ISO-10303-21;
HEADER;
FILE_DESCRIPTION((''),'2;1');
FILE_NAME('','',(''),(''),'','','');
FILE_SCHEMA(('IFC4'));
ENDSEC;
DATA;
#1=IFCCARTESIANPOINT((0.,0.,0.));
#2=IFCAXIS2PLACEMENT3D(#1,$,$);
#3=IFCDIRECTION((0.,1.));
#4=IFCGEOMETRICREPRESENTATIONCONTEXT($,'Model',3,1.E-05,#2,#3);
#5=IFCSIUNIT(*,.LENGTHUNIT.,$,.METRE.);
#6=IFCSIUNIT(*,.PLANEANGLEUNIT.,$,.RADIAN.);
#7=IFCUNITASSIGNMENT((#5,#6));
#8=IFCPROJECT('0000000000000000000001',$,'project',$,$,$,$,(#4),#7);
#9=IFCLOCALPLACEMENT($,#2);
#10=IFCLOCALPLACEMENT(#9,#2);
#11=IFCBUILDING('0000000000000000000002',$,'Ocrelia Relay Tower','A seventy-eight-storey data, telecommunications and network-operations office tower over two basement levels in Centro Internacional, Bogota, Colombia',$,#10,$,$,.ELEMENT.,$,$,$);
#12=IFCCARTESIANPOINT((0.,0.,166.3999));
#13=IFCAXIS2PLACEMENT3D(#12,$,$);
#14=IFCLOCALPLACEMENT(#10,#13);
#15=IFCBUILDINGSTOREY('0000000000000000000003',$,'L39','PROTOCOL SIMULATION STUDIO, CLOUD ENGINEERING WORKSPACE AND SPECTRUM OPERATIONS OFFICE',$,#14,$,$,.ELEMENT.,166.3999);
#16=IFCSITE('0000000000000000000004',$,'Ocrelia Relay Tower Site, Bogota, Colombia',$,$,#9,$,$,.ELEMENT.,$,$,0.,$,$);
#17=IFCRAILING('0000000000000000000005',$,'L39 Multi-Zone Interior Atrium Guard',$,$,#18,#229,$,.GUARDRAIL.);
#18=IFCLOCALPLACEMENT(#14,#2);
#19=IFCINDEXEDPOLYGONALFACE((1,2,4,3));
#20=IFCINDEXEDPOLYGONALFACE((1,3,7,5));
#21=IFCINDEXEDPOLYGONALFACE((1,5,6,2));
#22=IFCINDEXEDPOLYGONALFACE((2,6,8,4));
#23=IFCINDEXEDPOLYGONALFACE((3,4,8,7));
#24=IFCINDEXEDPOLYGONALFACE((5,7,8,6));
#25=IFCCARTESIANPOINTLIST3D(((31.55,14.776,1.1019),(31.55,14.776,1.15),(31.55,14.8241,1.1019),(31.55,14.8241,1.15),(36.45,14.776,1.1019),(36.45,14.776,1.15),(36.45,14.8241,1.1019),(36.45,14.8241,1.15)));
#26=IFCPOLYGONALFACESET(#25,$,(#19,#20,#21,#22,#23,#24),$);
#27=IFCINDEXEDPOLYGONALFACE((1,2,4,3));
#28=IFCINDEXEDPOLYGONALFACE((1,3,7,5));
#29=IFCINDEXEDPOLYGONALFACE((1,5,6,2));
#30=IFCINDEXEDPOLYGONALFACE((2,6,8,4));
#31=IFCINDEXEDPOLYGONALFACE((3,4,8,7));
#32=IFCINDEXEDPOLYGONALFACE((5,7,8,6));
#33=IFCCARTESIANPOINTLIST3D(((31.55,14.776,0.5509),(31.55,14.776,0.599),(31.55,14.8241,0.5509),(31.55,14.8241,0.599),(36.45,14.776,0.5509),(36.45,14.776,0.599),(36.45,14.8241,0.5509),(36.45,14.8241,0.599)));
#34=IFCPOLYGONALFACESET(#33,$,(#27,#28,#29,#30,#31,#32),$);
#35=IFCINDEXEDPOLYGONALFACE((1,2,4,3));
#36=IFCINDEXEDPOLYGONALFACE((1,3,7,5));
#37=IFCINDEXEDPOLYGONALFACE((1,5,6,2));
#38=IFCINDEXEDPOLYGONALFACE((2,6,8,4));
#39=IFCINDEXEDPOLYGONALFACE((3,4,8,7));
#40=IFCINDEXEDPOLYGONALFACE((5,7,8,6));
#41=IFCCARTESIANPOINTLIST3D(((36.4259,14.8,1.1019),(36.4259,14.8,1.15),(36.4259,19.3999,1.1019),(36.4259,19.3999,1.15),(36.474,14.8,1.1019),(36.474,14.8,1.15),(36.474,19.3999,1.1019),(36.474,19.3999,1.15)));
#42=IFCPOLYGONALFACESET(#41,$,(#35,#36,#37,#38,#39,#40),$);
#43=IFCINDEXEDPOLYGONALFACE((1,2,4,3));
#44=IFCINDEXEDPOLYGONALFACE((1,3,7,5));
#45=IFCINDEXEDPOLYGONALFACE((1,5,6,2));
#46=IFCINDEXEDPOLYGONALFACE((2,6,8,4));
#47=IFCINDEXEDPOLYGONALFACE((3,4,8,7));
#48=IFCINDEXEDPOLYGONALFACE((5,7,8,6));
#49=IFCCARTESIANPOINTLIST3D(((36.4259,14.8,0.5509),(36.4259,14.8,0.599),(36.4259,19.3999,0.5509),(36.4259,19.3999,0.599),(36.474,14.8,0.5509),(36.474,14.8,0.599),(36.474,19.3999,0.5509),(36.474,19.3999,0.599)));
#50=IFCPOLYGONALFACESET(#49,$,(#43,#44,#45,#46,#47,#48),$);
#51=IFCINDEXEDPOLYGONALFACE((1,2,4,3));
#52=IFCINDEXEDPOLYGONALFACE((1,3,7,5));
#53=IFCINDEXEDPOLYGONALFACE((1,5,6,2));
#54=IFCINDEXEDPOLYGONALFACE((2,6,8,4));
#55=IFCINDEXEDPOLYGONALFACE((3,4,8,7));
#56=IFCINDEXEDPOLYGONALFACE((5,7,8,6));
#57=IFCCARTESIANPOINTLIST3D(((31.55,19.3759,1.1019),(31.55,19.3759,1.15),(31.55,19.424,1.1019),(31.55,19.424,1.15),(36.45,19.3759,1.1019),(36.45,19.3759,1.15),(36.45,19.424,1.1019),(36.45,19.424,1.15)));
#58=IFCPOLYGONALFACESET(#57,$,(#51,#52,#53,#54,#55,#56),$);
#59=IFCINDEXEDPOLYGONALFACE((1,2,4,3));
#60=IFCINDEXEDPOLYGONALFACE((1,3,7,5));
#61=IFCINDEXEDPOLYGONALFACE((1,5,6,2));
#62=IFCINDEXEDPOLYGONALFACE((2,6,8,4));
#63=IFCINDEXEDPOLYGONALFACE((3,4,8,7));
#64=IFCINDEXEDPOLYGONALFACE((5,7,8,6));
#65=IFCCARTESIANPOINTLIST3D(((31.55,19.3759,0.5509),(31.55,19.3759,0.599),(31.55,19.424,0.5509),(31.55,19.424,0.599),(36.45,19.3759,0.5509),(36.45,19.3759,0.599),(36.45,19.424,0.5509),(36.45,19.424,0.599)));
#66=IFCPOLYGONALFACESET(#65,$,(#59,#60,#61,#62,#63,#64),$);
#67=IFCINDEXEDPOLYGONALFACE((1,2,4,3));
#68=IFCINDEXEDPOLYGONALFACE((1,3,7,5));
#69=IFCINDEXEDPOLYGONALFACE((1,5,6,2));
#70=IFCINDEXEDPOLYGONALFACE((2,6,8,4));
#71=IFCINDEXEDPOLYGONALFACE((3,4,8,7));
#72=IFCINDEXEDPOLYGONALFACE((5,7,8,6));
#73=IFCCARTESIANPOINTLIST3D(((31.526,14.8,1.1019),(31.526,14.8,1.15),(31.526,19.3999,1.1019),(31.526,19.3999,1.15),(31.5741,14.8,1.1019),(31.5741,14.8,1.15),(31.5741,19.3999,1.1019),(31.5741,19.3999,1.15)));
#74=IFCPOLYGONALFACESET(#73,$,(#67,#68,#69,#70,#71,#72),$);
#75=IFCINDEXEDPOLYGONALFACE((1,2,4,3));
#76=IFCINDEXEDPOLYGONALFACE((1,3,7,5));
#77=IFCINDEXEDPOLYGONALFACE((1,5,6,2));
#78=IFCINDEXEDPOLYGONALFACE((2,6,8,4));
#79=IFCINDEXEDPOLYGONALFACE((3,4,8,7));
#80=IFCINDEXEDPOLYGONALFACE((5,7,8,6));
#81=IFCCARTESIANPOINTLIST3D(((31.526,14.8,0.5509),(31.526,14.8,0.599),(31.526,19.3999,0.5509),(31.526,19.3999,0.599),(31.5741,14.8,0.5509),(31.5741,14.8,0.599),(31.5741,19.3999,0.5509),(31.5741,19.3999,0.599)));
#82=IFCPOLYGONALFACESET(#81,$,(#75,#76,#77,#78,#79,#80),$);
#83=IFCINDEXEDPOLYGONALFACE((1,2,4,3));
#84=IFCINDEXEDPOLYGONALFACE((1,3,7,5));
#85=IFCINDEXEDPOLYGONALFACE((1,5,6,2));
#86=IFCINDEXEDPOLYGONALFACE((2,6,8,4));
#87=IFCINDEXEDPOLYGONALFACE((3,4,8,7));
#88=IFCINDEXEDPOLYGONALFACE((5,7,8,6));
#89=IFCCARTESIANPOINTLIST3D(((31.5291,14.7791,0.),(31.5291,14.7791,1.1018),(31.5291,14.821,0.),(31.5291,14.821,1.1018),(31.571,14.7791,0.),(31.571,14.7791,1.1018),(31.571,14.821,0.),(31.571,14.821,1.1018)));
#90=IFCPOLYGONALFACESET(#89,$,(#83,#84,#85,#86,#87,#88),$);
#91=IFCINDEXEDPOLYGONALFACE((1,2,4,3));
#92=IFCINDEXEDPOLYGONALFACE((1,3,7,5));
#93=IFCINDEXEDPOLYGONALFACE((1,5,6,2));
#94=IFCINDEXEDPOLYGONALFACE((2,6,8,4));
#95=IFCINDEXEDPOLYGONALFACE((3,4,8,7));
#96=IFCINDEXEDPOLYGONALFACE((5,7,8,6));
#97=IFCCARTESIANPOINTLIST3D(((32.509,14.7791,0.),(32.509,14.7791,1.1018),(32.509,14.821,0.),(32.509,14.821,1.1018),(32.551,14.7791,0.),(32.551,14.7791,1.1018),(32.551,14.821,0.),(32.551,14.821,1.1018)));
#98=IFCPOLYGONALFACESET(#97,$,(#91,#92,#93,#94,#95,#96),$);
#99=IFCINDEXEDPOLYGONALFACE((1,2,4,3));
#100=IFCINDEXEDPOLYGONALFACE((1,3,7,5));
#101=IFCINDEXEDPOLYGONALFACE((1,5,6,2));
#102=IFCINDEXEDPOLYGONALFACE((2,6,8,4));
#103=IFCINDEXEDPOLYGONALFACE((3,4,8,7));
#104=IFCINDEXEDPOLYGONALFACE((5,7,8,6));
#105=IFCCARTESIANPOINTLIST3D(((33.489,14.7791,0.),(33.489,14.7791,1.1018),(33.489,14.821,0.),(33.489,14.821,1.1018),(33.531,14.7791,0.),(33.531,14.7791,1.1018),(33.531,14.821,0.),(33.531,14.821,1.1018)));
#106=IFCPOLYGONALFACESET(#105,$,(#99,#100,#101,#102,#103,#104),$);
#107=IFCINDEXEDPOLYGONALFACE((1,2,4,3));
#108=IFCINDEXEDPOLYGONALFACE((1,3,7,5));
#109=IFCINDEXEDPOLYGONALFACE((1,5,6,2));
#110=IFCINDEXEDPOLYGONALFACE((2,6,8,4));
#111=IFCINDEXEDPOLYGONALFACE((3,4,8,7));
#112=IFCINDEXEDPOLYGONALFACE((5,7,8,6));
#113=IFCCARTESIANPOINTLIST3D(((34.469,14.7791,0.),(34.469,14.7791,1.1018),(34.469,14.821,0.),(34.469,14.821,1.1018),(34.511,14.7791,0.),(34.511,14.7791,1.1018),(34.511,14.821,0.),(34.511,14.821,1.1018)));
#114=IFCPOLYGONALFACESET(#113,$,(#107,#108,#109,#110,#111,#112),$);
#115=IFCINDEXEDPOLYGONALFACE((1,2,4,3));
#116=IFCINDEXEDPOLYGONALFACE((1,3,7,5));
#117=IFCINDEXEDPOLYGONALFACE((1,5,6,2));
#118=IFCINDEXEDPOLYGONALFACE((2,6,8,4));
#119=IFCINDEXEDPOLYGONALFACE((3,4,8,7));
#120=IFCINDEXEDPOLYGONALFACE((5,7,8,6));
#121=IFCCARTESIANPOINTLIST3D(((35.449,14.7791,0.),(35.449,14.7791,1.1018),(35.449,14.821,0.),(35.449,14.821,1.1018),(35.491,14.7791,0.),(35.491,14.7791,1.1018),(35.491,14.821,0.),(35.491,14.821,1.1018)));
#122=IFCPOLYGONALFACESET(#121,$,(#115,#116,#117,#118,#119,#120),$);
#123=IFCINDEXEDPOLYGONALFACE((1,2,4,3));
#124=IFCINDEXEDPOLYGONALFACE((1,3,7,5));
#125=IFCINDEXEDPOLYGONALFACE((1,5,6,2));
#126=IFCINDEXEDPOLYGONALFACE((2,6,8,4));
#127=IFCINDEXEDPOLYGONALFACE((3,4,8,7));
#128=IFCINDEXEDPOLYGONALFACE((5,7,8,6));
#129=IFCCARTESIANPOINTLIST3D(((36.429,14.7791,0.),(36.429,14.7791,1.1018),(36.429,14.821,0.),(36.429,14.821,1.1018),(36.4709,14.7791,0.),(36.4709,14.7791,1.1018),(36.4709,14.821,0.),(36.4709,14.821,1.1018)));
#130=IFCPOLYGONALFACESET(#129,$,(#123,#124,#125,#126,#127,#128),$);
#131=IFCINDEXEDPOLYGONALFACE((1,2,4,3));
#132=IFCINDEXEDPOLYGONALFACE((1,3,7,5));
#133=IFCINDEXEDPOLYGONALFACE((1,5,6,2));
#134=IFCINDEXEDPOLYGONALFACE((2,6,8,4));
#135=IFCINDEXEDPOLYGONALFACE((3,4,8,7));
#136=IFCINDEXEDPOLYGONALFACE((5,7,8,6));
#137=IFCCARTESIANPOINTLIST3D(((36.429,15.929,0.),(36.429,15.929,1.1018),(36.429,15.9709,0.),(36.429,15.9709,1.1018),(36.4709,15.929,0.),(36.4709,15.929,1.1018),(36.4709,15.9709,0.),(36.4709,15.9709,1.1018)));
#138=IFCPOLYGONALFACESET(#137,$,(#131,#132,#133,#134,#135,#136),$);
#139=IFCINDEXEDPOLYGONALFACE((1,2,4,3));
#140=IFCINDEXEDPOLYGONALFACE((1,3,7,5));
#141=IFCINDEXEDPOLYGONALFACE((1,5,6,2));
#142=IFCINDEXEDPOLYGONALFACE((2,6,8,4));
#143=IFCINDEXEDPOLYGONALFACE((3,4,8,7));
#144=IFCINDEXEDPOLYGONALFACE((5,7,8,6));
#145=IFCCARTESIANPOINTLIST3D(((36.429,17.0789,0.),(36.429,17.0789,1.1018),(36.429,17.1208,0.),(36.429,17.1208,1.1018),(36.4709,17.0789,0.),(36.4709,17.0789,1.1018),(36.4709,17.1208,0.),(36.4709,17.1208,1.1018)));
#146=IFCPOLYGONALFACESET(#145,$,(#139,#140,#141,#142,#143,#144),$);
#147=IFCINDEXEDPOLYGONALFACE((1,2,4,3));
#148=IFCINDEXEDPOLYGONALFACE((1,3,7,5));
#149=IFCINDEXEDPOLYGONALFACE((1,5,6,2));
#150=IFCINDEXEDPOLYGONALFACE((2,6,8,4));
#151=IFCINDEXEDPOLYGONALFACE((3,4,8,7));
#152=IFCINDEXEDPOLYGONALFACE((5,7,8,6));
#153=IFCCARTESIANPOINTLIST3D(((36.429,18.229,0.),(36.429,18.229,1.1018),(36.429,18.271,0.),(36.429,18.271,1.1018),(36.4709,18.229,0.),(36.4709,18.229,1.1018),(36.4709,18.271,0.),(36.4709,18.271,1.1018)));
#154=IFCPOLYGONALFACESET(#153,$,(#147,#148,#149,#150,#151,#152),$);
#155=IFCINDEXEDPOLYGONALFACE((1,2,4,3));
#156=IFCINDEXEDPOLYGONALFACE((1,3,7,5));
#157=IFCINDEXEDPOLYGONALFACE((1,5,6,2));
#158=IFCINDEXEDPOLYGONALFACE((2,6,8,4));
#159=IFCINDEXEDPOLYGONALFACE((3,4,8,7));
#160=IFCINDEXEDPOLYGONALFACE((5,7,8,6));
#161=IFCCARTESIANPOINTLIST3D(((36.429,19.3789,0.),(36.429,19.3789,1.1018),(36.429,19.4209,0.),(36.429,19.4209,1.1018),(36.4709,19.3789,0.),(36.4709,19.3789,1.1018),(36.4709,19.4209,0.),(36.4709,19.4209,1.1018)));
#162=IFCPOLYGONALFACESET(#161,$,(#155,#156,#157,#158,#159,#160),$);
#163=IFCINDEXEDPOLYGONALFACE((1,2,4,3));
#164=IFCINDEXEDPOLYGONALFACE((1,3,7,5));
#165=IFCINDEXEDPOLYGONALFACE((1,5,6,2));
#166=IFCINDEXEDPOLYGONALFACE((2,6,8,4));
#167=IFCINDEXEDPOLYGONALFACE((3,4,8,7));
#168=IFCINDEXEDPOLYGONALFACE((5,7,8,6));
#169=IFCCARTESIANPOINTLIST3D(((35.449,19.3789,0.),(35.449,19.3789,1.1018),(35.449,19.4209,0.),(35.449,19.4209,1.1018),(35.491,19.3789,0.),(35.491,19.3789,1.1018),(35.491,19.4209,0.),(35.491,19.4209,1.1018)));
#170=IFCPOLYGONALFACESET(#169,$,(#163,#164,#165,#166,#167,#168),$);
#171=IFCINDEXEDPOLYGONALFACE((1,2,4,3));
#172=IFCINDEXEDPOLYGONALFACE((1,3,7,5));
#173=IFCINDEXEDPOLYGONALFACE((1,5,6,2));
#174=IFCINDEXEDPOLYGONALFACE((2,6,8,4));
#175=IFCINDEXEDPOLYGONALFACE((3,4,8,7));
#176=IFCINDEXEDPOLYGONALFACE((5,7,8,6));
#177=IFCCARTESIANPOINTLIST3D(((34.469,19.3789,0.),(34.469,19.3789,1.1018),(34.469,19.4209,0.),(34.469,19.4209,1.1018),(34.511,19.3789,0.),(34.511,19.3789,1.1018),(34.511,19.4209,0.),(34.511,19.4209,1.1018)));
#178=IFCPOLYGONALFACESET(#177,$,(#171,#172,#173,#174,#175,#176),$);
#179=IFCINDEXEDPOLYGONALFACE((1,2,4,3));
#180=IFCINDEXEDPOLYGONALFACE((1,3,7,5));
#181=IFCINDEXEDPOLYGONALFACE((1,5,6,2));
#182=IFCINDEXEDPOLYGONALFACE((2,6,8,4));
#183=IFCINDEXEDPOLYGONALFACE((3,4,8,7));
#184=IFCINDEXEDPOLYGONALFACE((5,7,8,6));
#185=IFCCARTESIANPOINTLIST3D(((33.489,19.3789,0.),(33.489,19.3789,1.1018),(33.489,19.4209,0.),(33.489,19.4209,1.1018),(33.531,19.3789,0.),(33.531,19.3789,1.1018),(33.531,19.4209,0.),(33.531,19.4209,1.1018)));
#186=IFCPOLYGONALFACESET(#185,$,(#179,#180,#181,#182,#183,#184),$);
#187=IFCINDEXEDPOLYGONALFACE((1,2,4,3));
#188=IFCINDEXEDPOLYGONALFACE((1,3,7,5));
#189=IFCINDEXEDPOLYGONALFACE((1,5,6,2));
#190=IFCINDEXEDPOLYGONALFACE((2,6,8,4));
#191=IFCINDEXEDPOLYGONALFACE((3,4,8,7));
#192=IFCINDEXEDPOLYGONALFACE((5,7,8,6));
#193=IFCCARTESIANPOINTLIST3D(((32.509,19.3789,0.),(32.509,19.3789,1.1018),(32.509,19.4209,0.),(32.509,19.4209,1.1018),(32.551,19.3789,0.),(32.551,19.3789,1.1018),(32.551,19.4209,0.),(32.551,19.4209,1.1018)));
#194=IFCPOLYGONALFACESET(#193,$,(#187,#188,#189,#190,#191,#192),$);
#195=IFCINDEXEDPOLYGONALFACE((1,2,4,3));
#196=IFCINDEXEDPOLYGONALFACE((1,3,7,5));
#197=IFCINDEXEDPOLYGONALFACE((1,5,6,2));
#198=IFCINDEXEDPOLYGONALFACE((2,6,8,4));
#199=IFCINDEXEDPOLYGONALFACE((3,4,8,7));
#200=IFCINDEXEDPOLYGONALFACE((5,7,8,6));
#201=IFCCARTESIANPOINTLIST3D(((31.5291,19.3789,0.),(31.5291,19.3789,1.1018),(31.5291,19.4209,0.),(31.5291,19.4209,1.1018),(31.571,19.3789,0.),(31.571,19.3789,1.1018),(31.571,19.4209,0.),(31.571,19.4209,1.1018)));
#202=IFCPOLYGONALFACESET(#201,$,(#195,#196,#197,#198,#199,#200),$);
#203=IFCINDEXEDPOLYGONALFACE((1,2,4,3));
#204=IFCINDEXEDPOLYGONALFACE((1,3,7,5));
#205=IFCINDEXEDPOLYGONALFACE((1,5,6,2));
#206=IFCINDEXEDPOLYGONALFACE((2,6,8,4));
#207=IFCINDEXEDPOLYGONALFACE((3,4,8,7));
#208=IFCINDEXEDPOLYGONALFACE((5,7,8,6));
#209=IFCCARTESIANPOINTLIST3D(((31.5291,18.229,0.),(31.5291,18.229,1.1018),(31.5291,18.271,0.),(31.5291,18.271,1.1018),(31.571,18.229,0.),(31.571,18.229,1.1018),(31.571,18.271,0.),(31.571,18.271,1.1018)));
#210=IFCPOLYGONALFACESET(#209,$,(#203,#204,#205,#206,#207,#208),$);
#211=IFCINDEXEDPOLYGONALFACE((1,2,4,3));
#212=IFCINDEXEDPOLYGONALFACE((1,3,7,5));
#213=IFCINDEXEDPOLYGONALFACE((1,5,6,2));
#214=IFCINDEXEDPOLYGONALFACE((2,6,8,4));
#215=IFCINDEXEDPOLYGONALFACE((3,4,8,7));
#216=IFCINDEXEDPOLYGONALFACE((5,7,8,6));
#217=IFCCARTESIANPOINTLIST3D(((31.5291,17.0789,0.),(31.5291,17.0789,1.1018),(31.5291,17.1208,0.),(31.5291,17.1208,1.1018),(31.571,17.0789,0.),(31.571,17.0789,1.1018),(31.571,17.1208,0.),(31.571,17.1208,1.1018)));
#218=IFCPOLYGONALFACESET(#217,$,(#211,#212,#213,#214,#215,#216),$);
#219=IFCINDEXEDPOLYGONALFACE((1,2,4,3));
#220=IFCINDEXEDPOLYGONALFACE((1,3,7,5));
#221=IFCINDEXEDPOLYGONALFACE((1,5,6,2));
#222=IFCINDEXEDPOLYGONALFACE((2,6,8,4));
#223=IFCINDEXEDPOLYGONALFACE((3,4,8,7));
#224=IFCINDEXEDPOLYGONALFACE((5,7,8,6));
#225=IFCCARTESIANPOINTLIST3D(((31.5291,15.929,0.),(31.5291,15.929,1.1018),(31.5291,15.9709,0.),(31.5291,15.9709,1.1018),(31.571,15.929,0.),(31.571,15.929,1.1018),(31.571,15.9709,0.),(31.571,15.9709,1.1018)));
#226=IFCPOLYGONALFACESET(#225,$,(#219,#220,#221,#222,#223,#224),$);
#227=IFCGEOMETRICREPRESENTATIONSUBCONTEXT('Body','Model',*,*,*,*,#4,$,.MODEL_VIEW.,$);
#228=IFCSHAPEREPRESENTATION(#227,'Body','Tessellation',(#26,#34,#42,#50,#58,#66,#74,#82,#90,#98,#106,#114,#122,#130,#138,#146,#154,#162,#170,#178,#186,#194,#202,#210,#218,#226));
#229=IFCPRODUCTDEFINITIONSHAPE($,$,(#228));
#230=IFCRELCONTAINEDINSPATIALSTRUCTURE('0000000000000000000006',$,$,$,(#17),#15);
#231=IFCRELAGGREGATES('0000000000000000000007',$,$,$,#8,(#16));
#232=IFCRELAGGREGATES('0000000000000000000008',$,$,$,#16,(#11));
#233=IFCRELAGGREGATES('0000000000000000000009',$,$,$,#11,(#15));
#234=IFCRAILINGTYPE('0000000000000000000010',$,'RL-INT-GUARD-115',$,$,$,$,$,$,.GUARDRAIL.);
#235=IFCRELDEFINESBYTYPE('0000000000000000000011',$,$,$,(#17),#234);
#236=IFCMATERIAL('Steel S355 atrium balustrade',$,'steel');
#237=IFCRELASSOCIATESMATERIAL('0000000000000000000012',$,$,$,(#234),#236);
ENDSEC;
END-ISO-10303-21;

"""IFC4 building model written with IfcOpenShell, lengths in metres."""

from ifc_helpers import new_model, si_unit, direction, frame, origin, origin_2d, place, context, subcontext, project, spatial, rectangle, extrude, material, type_object, element, save


model = new_model("IFC4")

# Units and contexts
model_context = context("Model", 3, precision=1e-05, world=origin(), true_north=direction((0.0, 1.0)))
body_context = subcontext(model_context, "Body", "Model", "MODEL_VIEW")
ifc_project = project(units=[si_unit("LENGTHUNIT", "METRE"), si_unit("PLANEANGLEUNIT", "RADIAN")], contexts=[model_context])

# Site, building, storey
site_placement = place(None, origin())
site = spatial("IfcSite", under=ifc_project, at=site_placement, Name="Ocrelia Relay Tower Site, Bogota, Colombia", CompositionType="ELEMENT", RefElevation=0.0)
building_placement = place(site_placement, origin())
building = spatial("IfcBuilding", under=site, at=building_placement, Name="Ocrelia Relay Tower", Description="A seventy-eight-storey data, telecommunications and network-operations office tower over two basement levels in Centro Internacional, Bogota, Colombia", CompositionType="ELEMENT")
storey_placement = place(building_placement, frame((0.0, 0.0, 166.3999)))
storey = spatial("IfcBuildingStorey", under=building, at=storey_placement, Name="L39", Description="PROTOCOL SIMULATION STUDIO, CLOUD ENGINEERING WORKSPACE AND SPECTRUM OPERATIONS OFFICE", CompositionType="ELEMENT", Elevation=166.3999)

# Railing
ifc_material_1 = material(Name="Steel S355 atrium balustrade", Category="steel")
railing_type_1 = type_object("IfcRailingType", Name="RL-INT-GUARD-115", PredefinedType="GUARDRAIL", material=ifc_material_1)
railing_1_placement = place(storey_placement, frame((31.55, 14.8, 0.0)))
element("IfcRailing", 1, at=railing_1_placement, inside=storey, type_object=railing_type_1, Name="L39 Multi-Zone Interior Atrium Guard", PredefinedType="GUARDRAIL", context=body_context, shape_type="SweptSolid", body=[
    extrude(rectangle(XDim=0.0481, YDim=0.0481, at=origin_2d()), frame((0.0, 0.0, 1.126), z_axis=(1.0, 0.0, 0.0), x_axis=(0.0, 1.0, 0.0)), (0.0, 0.0, 1.0), 4.8999),
    extrude(rectangle(XDim=0.0481, YDim=0.0481, at=origin_2d()), frame((0.0, 0.0, 0.575), z_axis=(1.0, 0.0, 0.0), x_axis=(0.0, 1.0, 0.0)), (0.0, 0.0, 1.0), 4.8999),
    extrude(rectangle(XDim=0.0481, YDim=0.0481, at=origin_2d()), frame((4.8999, 0.0, 1.126), z_axis=(0.0, 1.0, 0.0), x_axis=(-1.0, 0.0, 0.0)), (0.0, 0.0, 1.0), 4.5999),
    extrude(rectangle(XDim=0.0481, YDim=0.0481, at=origin_2d()), frame((4.8999, 0.0, 0.575), z_axis=(0.0, 1.0, 0.0), x_axis=(-1.0, 0.0, 0.0)), (0.0, 0.0, 1.0), 4.5999),
    extrude(rectangle(XDim=0.0481, YDim=0.0481, at=origin_2d()), frame((4.8999, 4.5999, 1.126), z_axis=(-1.0, 0.0, 0.0), x_axis=(0.0, -1.0, 0.0)), (0.0, 0.0, 1.0), 4.8999),
    extrude(rectangle(XDim=0.0481, YDim=0.0481, at=origin_2d()), frame((4.8999, 4.5999, 0.575), z_axis=(-1.0, 0.0, 0.0), x_axis=(0.0, -1.0, 0.0)), (0.0, 0.0, 1.0), 4.8999),
    extrude(rectangle(XDim=0.0481, YDim=0.0481, at=origin_2d()), frame((0.0, 4.5999, 1.126), z_axis=(0.0, -1.0, 0.0), x_axis=(1.0, 0.0, 0.0)), (0.0, 0.0, 1.0), 4.5999),
    extrude(rectangle(XDim=0.0481, YDim=0.0481, at=origin_2d()), frame((0.0, 4.5999, 0.575), z_axis=(0.0, -1.0, 0.0), x_axis=(1.0, 0.0, 0.0)), (0.0, 0.0, 1.0), 4.5999),
    extrude(rectangle(XDim=0.042, YDim=0.042, at=origin_2d()), origin(), (0.0, 0.0, 1.0), 1.1018),
    extrude(rectangle(XDim=0.042, YDim=0.042, at=origin_2d()), frame((0.98, 0.0, 0.0)), (0.0, 0.0, 1.0), 1.1018),
    extrude(rectangle(XDim=0.042, YDim=0.042, at=origin_2d()), frame((1.96, 0.0, 0.0)), (0.0, 0.0, 1.0), 1.1018),
    extrude(rectangle(XDim=0.042, YDim=0.042, at=origin_2d()), frame((2.9399, 0.0, 0.0)), (0.0, 0.0, 1.0), 1.1018),
    extrude(rectangle(XDim=0.042, YDim=0.042, at=origin_2d()), frame((3.9199, 0.0, 0.0)), (0.0, 0.0, 1.0), 1.1018),
    extrude(rectangle(XDim=0.042, YDim=0.042, at=origin_2d()), frame((4.8999, 0.0, 0.0)), (0.0, 0.0, 1.0), 1.1018),
    extrude(rectangle(XDim=0.042, YDim=0.042, at=origin_2d()), frame((4.8999, 1.1499, 0.0)), (0.0, 0.0, 1.0), 1.1018),
    extrude(rectangle(XDim=0.042, YDim=0.042, at=origin_2d()), frame((4.8999, 2.2998, 0.0)), (0.0, 0.0, 1.0), 1.1018),
    extrude(rectangle(XDim=0.042, YDim=0.042, at=origin_2d()), frame((4.8999, 3.45, 0.0)), (0.0, 0.0, 1.0), 1.1018),
    extrude(rectangle(XDim=0.042, YDim=0.042, at=origin_2d()), frame((4.8999, 4.5999, 0.0)), (0.0, 0.0, 1.0), 1.1018),
    extrude(rectangle(XDim=0.042, YDim=0.042, at=origin_2d()), frame((3.9199, 4.5999, 0.0)), (0.0, 0.0, 1.0), 1.1018),
    extrude(rectangle(XDim=0.042, YDim=0.042, at=origin_2d()), frame((2.9399, 4.5999, 0.0)), (0.0, 0.0, 1.0), 1.1018),
    extrude(rectangle(XDim=0.042, YDim=0.042, at=origin_2d()), frame((1.96, 4.5999, 0.0)), (0.0, 0.0, 1.0), 1.1018),
    extrude(rectangle(XDim=0.042, YDim=0.042, at=origin_2d()), frame((0.98, 4.5999, 0.0)), (0.0, 0.0, 1.0), 1.1018),
    extrude(rectangle(XDim=0.042, YDim=0.042, at=origin_2d()), frame((0.0, 4.5999, 0.0)), (0.0, 0.0, 1.0), 1.1018),
    extrude(rectangle(XDim=0.042, YDim=0.042, at=origin_2d()), frame((0.0, 3.45, 0.0)), (0.0, 0.0, 1.0), 1.1018),
    extrude(rectangle(XDim=0.042, YDim=0.042, at=origin_2d()), frame((0.0, 2.2998, 0.0)), (0.0, 0.0, 1.0), 1.1018),
    extrude(rectangle(XDim=0.042, YDim=0.042, at=origin_2d()), frame((0.0, 1.1499, 0.0)), (0.0, 0.0, 1.0), 1.1018),
])

save(model, "model.ifc")
